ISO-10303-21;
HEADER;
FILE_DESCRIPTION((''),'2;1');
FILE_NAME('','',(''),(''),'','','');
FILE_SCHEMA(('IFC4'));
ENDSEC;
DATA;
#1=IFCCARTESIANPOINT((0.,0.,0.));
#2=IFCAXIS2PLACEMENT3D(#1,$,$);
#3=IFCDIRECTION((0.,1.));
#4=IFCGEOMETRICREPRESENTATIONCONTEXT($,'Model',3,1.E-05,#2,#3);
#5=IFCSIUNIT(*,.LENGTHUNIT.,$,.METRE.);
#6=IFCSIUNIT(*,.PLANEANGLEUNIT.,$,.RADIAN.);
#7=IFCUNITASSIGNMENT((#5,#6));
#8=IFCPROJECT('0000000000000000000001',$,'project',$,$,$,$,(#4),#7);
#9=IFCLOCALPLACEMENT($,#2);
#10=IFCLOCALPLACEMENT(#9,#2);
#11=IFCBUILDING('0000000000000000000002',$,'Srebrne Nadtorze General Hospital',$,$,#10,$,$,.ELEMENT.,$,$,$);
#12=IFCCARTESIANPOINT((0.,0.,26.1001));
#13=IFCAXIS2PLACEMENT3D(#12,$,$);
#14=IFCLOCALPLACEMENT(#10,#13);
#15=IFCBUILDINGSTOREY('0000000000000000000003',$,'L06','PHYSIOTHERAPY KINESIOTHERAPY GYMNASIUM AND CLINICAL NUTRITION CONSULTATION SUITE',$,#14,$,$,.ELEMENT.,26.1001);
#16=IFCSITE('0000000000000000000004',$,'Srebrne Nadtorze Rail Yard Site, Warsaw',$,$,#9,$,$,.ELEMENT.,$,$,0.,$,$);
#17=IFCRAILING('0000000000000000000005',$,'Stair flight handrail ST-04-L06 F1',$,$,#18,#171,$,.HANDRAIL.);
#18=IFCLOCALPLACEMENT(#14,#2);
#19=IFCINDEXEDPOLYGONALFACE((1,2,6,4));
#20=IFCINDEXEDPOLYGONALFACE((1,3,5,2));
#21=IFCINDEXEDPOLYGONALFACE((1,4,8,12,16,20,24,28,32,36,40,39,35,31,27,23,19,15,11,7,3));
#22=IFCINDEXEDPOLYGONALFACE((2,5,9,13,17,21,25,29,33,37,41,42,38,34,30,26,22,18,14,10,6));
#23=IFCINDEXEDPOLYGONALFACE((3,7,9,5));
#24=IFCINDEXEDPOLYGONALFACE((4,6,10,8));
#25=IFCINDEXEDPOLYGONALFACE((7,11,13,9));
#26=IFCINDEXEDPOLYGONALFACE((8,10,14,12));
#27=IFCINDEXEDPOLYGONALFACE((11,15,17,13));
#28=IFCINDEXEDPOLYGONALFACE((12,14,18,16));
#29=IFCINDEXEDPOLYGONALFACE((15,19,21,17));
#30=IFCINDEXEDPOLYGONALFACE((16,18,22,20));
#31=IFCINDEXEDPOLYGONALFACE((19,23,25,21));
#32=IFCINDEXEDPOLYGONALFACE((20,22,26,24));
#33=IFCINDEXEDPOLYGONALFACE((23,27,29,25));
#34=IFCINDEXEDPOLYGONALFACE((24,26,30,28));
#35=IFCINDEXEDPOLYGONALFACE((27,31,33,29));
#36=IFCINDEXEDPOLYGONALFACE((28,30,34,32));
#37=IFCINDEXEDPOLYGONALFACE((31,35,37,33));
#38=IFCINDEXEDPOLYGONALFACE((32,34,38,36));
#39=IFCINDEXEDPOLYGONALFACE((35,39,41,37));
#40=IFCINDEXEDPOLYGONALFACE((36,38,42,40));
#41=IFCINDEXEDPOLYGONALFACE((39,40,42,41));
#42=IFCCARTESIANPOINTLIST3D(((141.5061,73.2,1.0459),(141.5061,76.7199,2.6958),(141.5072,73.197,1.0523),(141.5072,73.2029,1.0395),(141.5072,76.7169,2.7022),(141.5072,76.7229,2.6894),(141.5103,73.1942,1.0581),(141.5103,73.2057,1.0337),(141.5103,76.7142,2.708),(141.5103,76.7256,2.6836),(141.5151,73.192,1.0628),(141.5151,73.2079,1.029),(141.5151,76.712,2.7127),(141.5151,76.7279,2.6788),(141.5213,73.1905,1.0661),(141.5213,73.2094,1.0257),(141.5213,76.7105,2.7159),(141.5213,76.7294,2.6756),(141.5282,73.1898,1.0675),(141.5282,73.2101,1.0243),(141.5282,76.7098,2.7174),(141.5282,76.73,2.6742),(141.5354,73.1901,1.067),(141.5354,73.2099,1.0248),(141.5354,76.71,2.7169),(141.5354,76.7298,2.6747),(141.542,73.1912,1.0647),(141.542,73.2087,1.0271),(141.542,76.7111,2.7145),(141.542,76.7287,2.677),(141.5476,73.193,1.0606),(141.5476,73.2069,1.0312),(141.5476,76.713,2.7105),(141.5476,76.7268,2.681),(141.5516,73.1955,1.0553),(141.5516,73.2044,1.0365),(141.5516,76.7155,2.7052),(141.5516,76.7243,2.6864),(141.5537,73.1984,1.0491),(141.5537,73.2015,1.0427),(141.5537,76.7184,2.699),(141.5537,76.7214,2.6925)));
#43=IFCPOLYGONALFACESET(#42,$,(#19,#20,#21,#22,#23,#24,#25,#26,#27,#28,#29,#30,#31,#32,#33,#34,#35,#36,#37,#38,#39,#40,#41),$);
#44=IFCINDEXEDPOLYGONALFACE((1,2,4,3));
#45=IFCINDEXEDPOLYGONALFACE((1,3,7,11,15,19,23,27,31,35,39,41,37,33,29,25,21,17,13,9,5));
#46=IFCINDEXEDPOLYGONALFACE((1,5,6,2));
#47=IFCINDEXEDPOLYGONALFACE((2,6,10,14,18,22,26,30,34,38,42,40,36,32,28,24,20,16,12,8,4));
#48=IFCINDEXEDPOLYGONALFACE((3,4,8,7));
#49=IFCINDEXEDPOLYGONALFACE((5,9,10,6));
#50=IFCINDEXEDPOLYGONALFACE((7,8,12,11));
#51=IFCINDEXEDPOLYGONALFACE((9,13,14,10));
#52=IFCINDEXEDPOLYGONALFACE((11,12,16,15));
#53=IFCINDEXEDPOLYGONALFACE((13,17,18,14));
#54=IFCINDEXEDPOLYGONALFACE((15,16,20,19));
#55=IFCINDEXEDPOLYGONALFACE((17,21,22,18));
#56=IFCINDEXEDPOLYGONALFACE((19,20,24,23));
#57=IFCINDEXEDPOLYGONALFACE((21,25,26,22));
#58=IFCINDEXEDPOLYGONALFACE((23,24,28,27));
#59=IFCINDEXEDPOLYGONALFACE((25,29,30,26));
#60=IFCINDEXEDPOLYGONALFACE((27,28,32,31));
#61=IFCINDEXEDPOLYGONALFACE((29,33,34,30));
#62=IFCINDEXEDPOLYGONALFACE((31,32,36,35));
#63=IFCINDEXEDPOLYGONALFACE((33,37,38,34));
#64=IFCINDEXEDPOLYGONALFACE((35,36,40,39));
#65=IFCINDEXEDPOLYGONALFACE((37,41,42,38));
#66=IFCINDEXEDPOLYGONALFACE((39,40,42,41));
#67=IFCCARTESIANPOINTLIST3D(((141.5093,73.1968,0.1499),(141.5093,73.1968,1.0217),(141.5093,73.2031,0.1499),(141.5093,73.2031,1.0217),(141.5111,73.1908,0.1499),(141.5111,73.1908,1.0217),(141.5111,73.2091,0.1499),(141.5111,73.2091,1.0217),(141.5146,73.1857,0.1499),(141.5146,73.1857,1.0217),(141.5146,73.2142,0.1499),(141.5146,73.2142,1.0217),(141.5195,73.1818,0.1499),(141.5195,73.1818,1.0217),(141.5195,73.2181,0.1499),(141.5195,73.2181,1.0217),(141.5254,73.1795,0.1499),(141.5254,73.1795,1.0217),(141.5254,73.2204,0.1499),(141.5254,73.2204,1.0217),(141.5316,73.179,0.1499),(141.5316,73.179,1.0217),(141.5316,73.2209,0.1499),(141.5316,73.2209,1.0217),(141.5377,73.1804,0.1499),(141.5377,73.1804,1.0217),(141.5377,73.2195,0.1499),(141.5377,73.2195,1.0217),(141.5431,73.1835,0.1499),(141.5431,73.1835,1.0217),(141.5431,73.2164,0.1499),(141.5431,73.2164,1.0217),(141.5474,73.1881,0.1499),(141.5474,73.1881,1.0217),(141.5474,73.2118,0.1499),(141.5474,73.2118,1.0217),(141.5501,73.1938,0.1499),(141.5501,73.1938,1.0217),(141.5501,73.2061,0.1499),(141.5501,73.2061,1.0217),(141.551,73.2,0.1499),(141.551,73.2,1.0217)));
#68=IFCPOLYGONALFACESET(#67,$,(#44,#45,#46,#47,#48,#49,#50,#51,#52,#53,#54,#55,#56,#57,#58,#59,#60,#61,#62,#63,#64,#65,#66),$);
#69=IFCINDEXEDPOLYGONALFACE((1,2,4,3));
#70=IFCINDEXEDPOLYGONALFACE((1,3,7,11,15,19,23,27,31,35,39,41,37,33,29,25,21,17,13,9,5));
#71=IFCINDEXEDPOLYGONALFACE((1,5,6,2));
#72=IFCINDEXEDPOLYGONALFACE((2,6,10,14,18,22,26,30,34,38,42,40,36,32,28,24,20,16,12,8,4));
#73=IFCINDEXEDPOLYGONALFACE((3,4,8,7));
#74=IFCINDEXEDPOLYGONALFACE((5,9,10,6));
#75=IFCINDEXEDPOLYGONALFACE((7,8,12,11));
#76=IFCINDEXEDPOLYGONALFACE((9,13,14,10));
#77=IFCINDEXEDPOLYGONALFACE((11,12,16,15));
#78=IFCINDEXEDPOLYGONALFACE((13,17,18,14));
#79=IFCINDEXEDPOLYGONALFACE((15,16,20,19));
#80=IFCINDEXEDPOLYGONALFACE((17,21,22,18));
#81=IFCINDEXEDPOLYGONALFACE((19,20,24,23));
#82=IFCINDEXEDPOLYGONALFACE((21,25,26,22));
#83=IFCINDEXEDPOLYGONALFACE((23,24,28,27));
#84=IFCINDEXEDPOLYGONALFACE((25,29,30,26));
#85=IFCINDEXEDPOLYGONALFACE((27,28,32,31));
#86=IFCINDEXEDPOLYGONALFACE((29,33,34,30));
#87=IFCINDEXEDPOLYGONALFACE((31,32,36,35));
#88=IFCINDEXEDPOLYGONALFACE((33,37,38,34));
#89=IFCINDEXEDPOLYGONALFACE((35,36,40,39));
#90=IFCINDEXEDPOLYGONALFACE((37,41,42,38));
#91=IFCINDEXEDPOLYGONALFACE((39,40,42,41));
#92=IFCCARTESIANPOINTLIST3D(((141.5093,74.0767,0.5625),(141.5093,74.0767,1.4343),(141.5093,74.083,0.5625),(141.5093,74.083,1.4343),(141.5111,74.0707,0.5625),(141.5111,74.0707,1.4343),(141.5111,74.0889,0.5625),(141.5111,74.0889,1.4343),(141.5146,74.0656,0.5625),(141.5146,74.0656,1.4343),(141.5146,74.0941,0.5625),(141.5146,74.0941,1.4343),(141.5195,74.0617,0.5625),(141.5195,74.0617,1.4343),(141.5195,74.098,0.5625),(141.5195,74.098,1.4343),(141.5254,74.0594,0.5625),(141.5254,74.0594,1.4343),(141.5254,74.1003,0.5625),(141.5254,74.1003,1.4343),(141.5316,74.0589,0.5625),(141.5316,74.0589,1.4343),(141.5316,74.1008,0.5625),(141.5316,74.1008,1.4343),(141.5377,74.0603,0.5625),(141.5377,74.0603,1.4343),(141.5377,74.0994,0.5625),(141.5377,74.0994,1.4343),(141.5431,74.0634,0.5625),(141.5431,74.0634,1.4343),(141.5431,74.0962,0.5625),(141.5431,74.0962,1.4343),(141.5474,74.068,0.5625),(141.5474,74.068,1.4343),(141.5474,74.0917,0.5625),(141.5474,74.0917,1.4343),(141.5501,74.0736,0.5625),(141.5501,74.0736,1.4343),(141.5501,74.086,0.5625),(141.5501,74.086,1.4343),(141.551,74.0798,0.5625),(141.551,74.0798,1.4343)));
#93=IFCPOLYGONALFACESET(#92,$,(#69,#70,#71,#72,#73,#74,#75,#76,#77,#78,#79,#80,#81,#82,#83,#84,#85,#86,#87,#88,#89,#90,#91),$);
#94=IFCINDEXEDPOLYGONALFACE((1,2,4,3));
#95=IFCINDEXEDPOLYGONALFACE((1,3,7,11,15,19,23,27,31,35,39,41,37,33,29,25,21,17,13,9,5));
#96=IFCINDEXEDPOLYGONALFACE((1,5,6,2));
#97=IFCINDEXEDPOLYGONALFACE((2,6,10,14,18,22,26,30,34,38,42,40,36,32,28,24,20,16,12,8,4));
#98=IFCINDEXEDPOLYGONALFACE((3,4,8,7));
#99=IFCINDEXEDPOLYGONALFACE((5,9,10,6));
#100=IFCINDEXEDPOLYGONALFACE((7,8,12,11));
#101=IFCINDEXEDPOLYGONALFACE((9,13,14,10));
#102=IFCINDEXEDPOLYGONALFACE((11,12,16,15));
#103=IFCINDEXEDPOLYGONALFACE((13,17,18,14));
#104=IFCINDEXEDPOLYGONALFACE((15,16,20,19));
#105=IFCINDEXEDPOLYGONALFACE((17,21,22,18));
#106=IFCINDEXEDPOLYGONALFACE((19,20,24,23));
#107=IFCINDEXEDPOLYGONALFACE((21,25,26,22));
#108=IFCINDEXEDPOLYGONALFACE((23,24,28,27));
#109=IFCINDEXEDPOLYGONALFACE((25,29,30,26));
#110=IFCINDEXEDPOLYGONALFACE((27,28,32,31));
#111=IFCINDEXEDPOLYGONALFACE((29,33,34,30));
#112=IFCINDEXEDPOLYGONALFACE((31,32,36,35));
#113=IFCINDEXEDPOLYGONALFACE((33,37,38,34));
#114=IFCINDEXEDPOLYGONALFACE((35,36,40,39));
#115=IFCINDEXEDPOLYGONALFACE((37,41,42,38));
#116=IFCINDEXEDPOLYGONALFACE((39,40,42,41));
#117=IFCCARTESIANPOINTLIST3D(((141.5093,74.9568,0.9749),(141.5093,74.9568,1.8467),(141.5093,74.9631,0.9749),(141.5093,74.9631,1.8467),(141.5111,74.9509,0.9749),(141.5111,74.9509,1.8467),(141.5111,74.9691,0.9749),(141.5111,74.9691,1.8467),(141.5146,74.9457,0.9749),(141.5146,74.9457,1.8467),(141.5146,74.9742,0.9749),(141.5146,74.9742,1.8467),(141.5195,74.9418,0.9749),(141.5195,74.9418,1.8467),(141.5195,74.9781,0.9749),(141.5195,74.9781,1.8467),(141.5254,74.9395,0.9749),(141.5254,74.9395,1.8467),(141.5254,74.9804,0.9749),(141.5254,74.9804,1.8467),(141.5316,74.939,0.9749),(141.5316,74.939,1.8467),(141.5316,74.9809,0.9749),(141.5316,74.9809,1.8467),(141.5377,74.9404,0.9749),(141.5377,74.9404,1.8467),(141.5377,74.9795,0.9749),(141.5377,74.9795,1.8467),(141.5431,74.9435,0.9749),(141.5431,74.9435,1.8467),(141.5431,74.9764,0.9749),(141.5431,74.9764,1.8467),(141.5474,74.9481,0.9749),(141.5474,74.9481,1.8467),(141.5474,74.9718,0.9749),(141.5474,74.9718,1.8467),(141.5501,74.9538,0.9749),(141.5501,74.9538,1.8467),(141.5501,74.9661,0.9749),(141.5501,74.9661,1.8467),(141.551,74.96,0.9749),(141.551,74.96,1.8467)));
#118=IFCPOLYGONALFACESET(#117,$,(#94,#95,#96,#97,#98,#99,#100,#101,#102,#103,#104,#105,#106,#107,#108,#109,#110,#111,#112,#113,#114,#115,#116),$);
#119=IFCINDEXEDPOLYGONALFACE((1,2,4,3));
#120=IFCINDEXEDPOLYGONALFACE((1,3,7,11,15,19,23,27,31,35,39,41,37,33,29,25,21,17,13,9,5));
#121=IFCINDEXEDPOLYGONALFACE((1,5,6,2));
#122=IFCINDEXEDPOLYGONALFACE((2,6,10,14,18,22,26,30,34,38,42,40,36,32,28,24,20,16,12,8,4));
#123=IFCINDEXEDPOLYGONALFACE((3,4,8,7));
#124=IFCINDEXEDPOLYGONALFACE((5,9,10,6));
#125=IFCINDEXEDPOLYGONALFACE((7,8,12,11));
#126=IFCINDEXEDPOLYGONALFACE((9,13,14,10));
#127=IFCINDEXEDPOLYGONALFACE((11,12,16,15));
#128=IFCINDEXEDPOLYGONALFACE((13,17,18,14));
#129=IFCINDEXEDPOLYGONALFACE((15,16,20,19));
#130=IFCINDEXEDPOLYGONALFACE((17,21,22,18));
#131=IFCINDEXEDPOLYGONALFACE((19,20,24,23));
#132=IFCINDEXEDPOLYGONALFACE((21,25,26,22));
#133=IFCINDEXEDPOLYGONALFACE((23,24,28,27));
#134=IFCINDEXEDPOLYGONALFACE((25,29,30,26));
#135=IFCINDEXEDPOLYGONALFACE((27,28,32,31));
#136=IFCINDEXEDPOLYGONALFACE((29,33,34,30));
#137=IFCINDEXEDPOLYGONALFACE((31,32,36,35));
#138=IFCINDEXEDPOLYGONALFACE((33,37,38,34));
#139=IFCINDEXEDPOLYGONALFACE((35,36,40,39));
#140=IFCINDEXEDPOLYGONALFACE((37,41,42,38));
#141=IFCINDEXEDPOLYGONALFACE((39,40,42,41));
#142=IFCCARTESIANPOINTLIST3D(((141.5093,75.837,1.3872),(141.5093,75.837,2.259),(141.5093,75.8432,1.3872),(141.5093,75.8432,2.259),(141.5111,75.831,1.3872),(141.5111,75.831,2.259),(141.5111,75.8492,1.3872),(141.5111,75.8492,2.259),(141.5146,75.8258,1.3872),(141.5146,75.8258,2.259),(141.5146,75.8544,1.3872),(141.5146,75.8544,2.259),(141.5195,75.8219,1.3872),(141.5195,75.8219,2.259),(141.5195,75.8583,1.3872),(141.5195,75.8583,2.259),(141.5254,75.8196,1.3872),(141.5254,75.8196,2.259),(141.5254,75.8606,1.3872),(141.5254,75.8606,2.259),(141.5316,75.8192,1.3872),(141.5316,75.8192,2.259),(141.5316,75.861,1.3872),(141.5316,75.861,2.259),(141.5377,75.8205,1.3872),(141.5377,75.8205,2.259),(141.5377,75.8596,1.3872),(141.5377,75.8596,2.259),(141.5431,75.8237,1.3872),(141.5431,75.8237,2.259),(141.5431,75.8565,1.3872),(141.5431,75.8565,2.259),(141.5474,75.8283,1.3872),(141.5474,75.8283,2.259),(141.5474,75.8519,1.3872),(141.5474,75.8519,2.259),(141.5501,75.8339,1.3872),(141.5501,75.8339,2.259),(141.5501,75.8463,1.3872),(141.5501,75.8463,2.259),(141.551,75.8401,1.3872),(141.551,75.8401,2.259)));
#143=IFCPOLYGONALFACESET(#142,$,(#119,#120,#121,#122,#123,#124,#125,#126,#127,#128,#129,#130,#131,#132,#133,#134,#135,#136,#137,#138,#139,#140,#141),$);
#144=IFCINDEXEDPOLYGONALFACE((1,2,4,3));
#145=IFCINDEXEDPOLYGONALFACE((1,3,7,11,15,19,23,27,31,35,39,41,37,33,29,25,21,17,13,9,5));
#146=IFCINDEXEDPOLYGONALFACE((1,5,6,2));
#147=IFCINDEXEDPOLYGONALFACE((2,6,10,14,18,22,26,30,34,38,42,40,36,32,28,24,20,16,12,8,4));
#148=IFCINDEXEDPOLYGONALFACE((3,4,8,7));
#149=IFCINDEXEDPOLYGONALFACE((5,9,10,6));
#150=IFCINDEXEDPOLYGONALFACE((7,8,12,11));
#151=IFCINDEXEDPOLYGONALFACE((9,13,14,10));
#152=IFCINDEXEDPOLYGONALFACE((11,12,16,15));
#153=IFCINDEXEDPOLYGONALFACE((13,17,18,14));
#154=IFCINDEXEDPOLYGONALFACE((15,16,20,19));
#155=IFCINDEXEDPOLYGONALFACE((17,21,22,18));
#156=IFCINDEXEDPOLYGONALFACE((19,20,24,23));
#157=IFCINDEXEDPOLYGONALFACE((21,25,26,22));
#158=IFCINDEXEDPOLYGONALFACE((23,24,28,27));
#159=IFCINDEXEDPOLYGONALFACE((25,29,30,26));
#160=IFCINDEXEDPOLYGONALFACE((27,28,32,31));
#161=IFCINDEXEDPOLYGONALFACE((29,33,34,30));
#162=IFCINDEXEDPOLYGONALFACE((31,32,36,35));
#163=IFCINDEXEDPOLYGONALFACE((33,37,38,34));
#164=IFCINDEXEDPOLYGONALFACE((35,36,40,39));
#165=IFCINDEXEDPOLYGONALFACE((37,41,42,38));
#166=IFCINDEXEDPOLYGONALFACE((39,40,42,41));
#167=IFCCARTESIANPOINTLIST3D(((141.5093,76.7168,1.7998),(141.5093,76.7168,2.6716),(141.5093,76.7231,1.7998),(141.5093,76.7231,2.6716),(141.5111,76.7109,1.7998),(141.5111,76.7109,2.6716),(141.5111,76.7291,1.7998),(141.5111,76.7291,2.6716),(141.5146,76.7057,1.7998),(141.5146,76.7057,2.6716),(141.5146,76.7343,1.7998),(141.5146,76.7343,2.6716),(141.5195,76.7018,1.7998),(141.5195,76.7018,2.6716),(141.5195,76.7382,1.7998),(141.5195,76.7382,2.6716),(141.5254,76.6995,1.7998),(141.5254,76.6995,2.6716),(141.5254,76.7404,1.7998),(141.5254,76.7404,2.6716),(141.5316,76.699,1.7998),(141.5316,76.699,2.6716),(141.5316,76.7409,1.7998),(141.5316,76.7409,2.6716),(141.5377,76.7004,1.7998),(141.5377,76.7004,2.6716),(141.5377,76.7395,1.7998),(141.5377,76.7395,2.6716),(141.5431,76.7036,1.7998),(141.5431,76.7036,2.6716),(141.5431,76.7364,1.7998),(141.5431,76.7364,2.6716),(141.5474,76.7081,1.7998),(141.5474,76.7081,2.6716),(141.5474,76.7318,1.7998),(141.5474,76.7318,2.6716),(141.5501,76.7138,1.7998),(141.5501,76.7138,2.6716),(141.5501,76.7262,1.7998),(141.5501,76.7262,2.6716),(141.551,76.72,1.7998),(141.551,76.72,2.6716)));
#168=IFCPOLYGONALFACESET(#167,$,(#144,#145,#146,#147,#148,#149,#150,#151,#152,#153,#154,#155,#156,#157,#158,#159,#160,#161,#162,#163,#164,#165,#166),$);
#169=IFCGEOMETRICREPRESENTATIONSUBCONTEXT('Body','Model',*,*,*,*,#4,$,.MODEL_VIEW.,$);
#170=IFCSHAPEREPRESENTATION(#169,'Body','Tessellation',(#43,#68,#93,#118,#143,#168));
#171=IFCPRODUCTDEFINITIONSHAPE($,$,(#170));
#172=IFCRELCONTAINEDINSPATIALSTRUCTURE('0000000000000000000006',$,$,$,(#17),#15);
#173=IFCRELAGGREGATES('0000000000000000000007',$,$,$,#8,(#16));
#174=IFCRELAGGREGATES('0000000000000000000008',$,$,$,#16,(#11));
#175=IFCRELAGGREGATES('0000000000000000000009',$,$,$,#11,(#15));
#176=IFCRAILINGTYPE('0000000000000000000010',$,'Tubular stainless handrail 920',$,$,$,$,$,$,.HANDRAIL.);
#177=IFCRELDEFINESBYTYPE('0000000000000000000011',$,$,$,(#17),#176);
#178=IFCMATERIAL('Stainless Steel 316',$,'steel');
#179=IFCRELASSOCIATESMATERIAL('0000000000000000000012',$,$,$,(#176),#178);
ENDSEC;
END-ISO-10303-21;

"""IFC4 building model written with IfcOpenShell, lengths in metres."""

from ifc_helpers import new_model, si_unit, direction, frame, origin, origin_2d, place, context, subcontext, project, spatial, circle, extrude, material, type_object, element, save


model = new_model("IFC4")

# Units and contexts
model_context = context("Model", 3, precision=1e-05, world=origin(), true_north=direction((0.0, 1.0)))
body_context = subcontext(model_context, "Body", "Model", "MODEL_VIEW")
ifc_project = project(units=[si_unit("LENGTHUNIT", "METRE"), si_unit("PLANEANGLEUNIT", "RADIAN")], contexts=[model_context])

# Site, building, storey
site_placement = place(None, origin())
site = spatial("IfcSite", under=ifc_project, at=site_placement, Name="Srebrne Nadtorze Rail Yard Site, Warsaw", CompositionType="ELEMENT", RefElevation=0.0)
building_placement = place(site_placement, origin())
building = spatial("IfcBuilding", under=site, at=building_placement, Name="Srebrne Nadtorze General Hospital", CompositionType="ELEMENT")
storey_placement = place(building_placement, frame((0.0, 0.0, 26.1001)))
storey = spatial("IfcBuildingStorey", under=building, at=storey_placement, Name="L06", Description="PHYSIOTHERAPY KINESIOTHERAPY GYMNASIUM AND CLINICAL NUTRITION CONSULTATION SUITE", CompositionType="ELEMENT", Elevation=26.1001)

# Railing
ifc_material_1 = material(Name="Stainless Steel 316", Category="steel")
railing_type = type_object("IfcRailingType", Name="Tubular stainless handrail 920", PredefinedType="HANDRAIL", material=ifc_material_1)
railing_placement = place(storey_placement, frame((141.53, 73.2, 0.1499)))
element("IfcRailing", 1, at=railing_placement, inside=storey, type_object=railing_type, Name="Stair flight handrail ST-04-L06 F1", PredefinedType="HANDRAIL", context=body_context, shape_type="SweptSolid", body=[
    extrude(circle(Radius=0.0239, at=origin_2d()), frame((0.0, 0.0, 0.896), z_axis=(0.0, 0.905469, 0.424411), x_axis=(-1.0, 0.0, 0.0)), (0.0, 0.0, 1.0), 3.8875),
    extrude(circle(Radius=0.021, at=origin_2d()), origin(), (0.0, 0.0, 1.0), 0.8718),
    extrude(circle(Radius=0.021, at=origin_2d()), frame((0.0, 0.8799, 0.4126)), (0.0, 0.0, 1.0), 0.8718),
    extrude(circle(Radius=0.021, at=origin_2d()), frame((0.0, 1.76, 0.825)), (0.0, 0.0, 1.0), 0.8718),
    extrude(circle(Radius=0.021, at=origin_2d()), frame((0.0, 2.6401, 1.2373)), (0.0, 0.0, 1.0), 0.8718),
    extrude(circle(Radius=0.021, at=origin_2d()), frame((0.0, 3.52, 1.6499)), (0.0, 0.0, 1.0), 0.8718),
])

save(model, "model.ifc")
